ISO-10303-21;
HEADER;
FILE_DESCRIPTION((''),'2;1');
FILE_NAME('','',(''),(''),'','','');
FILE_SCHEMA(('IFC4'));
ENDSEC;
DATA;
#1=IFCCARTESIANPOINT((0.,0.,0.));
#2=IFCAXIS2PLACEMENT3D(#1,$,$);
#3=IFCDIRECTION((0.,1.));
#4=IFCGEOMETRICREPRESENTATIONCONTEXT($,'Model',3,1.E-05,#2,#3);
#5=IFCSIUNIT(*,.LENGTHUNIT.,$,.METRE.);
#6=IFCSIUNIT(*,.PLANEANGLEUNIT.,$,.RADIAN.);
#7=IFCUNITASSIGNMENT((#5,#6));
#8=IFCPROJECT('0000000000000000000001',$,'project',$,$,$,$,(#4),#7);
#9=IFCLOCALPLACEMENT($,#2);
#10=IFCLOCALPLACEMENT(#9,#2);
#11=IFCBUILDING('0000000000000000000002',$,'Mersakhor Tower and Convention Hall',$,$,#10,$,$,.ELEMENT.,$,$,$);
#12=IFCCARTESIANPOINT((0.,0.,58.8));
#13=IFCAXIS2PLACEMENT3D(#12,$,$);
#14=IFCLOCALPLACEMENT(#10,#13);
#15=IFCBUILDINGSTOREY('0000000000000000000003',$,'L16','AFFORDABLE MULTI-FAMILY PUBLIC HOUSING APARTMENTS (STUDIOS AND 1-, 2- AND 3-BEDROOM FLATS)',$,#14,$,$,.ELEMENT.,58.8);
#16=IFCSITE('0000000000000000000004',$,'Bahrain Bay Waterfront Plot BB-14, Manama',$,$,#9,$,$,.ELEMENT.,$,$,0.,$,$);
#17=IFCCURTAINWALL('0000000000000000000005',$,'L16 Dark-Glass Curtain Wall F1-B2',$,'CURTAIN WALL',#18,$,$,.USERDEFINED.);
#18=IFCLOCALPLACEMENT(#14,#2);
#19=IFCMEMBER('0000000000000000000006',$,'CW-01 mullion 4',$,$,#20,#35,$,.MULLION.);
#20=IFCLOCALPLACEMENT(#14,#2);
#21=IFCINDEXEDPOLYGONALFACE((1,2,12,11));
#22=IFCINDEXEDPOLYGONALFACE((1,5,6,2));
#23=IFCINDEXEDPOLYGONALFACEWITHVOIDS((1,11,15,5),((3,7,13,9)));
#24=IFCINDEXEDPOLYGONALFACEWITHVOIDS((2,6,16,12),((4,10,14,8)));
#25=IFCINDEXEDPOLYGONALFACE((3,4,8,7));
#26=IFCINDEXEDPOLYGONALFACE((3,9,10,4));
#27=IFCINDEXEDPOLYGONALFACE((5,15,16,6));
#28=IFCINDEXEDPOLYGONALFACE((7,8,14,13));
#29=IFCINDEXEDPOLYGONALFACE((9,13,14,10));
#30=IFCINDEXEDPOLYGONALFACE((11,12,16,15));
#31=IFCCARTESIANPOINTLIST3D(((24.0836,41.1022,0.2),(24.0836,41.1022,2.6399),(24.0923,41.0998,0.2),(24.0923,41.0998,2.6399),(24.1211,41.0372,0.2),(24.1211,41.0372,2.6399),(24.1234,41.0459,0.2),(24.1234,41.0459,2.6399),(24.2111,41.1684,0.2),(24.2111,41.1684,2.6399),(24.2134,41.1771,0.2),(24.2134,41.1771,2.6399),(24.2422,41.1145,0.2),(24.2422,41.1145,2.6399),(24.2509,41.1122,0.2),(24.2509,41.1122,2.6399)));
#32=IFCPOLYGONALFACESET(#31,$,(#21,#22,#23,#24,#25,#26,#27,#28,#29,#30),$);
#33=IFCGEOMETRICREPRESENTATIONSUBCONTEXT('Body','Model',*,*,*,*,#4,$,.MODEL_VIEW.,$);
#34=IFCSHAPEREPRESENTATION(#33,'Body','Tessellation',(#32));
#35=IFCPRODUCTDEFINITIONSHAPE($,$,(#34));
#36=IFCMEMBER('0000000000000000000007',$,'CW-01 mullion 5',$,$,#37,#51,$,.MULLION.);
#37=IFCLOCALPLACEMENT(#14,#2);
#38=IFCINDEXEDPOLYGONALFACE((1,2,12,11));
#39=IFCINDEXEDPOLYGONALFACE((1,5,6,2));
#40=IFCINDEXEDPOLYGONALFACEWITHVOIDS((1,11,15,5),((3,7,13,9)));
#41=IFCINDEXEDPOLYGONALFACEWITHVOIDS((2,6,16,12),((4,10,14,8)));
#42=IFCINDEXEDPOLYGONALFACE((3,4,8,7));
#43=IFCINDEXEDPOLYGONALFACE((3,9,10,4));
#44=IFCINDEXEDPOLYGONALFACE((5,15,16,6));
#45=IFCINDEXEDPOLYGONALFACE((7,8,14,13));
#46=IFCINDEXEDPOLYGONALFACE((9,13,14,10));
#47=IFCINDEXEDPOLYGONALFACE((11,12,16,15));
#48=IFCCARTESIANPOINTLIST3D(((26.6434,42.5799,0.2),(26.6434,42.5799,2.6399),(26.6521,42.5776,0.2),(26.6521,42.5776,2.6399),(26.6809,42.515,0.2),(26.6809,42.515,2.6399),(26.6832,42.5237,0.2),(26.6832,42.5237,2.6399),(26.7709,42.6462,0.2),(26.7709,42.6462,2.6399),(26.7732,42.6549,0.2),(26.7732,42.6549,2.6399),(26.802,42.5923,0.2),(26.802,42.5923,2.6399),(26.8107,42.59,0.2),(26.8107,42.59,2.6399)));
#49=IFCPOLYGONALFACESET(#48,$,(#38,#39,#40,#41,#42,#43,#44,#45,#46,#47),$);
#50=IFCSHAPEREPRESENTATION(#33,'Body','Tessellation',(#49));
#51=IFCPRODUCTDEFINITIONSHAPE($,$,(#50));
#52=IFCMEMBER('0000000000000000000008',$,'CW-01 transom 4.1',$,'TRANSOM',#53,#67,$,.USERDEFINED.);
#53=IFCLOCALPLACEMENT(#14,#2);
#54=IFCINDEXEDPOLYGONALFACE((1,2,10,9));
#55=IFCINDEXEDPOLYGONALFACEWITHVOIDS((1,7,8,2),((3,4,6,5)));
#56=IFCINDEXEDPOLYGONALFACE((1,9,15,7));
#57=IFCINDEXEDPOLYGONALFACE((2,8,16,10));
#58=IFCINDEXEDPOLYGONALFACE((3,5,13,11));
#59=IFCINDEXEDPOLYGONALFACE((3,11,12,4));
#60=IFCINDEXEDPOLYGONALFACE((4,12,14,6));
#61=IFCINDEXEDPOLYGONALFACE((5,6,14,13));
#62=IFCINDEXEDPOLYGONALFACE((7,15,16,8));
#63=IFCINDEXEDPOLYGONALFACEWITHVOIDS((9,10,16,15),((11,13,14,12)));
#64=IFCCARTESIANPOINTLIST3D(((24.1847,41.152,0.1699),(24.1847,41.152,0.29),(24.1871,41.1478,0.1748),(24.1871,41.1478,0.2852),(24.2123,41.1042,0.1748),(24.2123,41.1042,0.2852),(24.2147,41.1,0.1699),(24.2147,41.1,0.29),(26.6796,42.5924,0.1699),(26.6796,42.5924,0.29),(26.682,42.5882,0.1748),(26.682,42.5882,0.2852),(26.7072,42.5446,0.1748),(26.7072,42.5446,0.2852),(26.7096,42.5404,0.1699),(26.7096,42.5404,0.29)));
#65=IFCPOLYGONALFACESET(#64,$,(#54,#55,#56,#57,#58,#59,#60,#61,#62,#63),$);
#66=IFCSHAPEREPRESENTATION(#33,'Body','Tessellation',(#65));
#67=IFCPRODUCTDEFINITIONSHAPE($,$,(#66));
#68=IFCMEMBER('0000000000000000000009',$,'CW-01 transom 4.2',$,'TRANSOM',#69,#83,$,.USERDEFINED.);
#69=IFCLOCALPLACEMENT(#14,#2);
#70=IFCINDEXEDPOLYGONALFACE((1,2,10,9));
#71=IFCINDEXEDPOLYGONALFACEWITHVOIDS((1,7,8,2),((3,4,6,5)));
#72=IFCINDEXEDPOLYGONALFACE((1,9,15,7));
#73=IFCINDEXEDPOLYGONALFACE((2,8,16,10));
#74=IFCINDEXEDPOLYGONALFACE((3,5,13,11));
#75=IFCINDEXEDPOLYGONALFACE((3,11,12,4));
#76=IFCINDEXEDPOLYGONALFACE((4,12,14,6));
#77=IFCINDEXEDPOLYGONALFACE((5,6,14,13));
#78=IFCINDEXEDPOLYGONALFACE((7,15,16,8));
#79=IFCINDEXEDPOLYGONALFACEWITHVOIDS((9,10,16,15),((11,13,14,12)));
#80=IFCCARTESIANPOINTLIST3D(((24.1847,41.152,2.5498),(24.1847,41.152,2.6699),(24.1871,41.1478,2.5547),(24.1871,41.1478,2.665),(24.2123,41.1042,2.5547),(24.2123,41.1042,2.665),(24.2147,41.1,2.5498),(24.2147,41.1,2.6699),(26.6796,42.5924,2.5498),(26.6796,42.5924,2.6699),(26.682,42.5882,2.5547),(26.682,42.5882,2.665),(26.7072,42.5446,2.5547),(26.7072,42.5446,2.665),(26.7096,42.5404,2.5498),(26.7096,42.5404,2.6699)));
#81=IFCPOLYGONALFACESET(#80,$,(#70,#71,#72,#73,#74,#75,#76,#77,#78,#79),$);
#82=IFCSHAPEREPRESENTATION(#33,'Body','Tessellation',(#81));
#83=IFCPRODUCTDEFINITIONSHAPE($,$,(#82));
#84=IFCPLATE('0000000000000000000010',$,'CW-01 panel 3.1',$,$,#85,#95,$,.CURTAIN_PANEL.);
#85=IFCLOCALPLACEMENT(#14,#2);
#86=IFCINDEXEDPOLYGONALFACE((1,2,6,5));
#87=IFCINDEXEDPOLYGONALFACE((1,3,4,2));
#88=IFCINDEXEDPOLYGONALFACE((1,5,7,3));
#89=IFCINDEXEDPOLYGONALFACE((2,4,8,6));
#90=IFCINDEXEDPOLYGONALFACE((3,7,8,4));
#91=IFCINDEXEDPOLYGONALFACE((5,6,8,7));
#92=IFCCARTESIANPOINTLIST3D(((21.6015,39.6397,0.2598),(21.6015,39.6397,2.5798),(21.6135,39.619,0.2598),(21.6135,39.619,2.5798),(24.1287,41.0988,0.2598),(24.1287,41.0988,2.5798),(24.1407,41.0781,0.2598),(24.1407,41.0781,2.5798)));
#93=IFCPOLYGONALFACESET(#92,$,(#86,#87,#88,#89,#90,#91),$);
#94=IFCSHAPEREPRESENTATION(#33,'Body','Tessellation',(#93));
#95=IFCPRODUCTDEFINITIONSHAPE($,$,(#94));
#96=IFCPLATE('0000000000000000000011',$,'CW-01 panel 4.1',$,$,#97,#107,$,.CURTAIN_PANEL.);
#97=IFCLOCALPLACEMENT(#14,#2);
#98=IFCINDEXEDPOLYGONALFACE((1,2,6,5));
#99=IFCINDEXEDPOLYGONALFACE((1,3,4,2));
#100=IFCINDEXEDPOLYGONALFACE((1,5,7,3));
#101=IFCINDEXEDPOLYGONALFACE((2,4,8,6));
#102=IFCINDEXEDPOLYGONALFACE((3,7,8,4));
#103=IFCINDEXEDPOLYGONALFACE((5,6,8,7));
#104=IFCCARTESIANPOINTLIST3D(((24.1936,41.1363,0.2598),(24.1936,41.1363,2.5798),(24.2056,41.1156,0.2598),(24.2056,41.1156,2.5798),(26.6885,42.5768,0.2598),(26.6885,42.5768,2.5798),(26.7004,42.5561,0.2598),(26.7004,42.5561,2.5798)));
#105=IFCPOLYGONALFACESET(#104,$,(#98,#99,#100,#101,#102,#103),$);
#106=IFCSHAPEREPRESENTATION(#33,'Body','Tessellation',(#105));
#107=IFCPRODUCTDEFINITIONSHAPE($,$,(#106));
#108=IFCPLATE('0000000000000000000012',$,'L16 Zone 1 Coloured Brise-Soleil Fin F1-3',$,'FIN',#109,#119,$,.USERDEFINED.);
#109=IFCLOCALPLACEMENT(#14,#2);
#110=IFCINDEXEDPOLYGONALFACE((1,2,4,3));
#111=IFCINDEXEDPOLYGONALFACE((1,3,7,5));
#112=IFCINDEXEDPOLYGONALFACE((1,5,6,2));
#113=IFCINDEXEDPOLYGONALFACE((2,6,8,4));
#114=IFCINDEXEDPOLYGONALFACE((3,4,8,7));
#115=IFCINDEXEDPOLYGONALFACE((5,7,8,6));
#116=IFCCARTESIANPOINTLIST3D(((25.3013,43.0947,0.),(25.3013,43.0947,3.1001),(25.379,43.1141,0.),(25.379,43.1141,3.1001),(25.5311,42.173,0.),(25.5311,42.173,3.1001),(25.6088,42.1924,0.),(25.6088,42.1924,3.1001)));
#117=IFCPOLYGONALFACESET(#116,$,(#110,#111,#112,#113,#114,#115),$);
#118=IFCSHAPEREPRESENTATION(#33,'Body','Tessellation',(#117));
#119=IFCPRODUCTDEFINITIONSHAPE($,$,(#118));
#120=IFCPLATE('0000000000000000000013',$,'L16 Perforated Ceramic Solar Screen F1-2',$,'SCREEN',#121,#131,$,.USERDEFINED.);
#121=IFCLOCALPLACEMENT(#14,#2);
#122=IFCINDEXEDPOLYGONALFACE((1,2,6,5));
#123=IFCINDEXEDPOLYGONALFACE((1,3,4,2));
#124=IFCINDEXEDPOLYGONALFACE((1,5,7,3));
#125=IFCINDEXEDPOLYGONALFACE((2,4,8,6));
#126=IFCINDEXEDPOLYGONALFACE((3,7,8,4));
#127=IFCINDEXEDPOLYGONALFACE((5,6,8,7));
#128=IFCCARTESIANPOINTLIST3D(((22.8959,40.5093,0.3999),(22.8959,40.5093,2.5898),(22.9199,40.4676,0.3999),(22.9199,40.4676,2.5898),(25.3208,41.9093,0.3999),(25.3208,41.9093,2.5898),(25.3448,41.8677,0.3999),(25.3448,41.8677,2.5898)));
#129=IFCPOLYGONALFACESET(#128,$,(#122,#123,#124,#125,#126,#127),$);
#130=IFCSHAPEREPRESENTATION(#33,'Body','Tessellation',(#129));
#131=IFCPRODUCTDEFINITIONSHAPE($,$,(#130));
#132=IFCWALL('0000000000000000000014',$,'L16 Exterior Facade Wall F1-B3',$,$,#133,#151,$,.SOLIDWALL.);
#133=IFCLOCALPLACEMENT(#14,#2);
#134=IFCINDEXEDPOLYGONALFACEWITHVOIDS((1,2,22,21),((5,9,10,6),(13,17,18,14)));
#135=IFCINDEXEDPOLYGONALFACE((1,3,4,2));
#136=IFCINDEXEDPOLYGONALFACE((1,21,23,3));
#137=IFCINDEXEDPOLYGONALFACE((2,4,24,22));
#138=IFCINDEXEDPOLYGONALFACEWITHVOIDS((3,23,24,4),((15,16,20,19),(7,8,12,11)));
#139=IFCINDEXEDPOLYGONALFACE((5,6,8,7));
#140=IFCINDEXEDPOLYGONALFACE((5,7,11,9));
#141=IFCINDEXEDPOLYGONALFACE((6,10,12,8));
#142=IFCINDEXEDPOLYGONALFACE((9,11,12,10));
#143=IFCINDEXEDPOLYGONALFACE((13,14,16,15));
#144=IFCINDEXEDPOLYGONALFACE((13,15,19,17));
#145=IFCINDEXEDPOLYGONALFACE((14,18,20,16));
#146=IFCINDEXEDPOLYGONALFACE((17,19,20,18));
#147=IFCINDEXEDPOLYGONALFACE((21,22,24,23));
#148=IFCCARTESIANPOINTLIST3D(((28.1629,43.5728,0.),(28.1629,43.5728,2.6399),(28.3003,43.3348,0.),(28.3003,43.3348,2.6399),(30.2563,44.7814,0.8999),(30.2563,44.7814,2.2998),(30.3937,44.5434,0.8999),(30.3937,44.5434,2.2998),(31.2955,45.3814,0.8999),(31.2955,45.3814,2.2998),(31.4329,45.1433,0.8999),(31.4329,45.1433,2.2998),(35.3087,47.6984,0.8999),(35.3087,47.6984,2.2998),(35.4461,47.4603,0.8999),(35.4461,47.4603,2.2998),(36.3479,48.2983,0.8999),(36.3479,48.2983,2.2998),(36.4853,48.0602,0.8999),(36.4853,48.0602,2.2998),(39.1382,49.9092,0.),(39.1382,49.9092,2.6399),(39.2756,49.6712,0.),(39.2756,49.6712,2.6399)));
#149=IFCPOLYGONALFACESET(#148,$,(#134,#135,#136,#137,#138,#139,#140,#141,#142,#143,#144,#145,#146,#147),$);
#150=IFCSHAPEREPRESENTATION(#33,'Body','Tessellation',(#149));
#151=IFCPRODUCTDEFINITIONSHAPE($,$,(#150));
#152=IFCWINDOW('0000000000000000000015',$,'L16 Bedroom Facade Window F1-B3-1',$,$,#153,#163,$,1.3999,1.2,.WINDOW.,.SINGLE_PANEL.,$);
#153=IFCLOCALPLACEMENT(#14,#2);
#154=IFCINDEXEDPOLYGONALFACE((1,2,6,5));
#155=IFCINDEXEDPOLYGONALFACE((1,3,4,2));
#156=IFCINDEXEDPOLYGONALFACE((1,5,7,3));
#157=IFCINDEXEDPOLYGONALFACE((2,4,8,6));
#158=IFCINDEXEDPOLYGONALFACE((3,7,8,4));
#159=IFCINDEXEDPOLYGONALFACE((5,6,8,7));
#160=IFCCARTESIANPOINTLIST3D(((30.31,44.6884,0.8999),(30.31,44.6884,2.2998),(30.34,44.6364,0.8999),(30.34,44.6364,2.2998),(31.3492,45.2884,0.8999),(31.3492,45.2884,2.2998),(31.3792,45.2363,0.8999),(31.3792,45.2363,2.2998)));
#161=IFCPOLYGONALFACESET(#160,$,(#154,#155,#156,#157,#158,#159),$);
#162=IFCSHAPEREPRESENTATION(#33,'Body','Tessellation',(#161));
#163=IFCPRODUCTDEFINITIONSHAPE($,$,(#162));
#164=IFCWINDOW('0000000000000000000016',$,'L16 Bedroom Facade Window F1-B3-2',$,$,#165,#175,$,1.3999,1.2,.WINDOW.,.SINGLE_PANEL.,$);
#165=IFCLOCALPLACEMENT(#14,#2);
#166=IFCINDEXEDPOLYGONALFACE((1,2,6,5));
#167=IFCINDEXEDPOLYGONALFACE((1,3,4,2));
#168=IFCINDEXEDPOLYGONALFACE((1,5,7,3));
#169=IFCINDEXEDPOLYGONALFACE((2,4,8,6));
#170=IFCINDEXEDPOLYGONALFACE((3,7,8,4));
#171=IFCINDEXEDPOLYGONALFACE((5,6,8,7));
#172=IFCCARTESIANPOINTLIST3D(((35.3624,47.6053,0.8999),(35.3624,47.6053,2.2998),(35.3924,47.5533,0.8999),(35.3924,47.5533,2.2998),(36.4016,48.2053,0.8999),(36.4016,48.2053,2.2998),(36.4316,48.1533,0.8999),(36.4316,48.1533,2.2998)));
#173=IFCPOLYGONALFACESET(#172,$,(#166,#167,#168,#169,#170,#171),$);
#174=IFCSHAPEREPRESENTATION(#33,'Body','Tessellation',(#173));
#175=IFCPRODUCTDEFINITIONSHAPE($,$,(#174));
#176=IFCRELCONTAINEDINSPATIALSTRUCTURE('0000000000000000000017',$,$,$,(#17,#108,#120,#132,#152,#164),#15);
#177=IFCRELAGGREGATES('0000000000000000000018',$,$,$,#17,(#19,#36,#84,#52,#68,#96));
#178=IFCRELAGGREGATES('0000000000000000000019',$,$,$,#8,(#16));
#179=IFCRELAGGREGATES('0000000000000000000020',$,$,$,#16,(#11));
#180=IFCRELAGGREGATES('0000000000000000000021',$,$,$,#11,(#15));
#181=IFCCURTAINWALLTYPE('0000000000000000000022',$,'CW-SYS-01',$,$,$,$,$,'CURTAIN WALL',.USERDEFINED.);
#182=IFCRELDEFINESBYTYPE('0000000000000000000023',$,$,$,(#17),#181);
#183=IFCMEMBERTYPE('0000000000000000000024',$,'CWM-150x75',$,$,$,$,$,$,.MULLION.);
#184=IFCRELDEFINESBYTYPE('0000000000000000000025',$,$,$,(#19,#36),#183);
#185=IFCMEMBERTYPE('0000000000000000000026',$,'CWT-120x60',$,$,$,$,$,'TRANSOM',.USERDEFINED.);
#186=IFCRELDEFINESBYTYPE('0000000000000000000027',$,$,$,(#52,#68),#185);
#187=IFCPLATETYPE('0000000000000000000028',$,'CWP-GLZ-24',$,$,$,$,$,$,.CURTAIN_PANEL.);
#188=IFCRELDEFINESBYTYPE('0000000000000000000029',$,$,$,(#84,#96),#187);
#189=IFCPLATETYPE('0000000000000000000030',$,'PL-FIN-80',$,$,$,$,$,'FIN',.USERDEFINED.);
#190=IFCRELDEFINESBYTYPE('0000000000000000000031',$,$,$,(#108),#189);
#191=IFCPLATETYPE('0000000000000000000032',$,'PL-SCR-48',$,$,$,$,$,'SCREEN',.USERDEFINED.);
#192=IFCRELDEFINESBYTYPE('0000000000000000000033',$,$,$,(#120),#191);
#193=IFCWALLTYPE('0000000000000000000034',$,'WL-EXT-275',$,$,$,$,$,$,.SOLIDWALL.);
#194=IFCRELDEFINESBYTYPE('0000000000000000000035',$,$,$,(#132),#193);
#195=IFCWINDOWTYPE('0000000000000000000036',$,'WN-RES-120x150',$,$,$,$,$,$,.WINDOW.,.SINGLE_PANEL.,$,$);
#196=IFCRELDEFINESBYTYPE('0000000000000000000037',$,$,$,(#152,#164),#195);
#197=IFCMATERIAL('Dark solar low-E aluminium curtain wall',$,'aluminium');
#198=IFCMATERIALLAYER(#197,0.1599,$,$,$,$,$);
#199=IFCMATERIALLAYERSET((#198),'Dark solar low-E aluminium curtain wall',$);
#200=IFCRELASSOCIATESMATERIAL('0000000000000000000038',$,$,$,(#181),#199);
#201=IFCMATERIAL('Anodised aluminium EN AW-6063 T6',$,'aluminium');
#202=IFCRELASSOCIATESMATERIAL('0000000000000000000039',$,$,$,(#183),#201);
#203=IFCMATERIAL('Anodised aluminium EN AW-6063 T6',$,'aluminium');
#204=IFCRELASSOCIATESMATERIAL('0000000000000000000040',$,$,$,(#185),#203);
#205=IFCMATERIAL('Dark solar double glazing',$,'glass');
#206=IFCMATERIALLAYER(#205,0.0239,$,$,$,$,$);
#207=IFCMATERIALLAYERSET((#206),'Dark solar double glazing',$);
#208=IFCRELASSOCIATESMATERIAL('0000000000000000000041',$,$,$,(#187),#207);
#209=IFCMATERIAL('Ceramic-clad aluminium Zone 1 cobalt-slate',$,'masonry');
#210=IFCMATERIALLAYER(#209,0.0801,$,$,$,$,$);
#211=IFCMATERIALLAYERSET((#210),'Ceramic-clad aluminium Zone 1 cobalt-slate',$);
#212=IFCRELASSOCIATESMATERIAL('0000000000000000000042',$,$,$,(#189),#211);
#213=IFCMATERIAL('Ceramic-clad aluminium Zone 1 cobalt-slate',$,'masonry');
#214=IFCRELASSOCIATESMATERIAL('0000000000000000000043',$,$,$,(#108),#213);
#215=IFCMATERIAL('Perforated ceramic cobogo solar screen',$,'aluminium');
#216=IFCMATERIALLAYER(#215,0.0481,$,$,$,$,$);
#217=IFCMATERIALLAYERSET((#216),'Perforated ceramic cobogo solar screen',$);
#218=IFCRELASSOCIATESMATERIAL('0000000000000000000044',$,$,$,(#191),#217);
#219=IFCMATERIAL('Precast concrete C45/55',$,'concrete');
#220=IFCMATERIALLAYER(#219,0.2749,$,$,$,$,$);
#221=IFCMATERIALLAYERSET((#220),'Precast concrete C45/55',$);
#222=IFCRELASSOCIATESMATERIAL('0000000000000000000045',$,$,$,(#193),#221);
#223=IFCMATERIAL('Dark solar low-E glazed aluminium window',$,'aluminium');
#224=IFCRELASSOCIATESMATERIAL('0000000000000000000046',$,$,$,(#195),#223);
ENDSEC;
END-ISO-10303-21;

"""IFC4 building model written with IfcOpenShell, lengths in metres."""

from ifc_helpers import new_model, si_unit, direction, frame, frame_2d, origin, origin_2d, place, context, subcontext, project, spatial, rectangle, hollow_rectangle, extrude, material, layer, layer_set, material_profile, profile_set, type_object, element, fill, aggregate, save


model = new_model("IFC4")

# Units and contexts
model_context = context("Model", 3, precision=1e-05, world=origin(), true_north=direction((0.0, 1.0)))
body_context = subcontext(model_context, "Body", "Model", "MODEL_VIEW")
ifc_project = project(units=[si_unit("LENGTHUNIT", "METRE"), si_unit("PLANEANGLEUNIT", "RADIAN")], contexts=[model_context])

# Site, building, storey
site_placement = place(None, origin())
site = spatial("IfcSite", under=ifc_project, at=site_placement, Name="Bahrain Bay Waterfront Plot BB-14, Manama", CompositionType="ELEMENT", RefElevation=0.0)
building_placement = place(site_placement, origin())
building = spatial("IfcBuilding", under=site, at=building_placement, Name="Mersakhor Tower and Convention Hall", CompositionType="ELEMENT")
storey_placement = place(building_placement, frame((0.0, 0.0, 58.8)))
storey = spatial("IfcBuildingStorey", under=building, at=storey_placement, Name="L16", Description="AFFORDABLE MULTI-FAMILY PUBLIC HOUSING APARTMENTS (STUDIOS AND 1-, 2- AND 3-BEDROOM FLATS)", CompositionType="ELEMENT", Elevation=58.8)

# Curtain wall, members, plates
ifc_material_1 = material(Name="Dark solar low-E aluminium curtain wall", Category="aluminium")
ifc_layer_1 = layer(ifc_material_1, 0.1599)
ifc_layer_set_1 = layer_set([ifc_layer_1], Name="Dark solar low-E aluminium curtain wall")
curtain_wall_type = type_object("IfcCurtainWallType", Name="CW-SYS-01", ElementType="CURTAIN WALL", PredefinedType="USERDEFINED", material=ifc_layer_set_1)
curtain_wall_placement = place(storey_placement, origin())
curtain_wall = element("IfcCurtainWall", 1, at=curtain_wall_placement, inside=storey, type_object=curtain_wall_type, Name="L16 Dark-Glass Curtain Wall F1-B2", ObjectType="CURTAIN WALL", PredefinedType="USERDEFINED")
ifc_material_2 = material(Name="Anodised aluminium EN AW-6063 T6", Category="aluminium")
ifc_material_profile_1 = material_profile(ifc_material_2, hollow_rectangle(XDim=0.075, YDim=0.1499, WallThickness=0.0063, at=origin_2d()), Name="RHS 150x75x6.3")
ifc_profile_set_1 = profile_set([ifc_material_profile_1], Name="Anodised aluminium EN AW-6063 T6")
member_type_1 = type_object("IfcMemberType", Name="CWM-150x75", PredefinedType="MULLION", material=ifc_profile_set_1)
member_1_placement = place(storey_placement, frame((24.1672, 41.1072, 0.2), z_axis=(0.0, 0.0, 1.0), x_axis=(-0.500003, 0.866023, 0.0)))
member_1 = element("IfcMember", 2, at=member_1_placement, type_object=member_type_1, Name="CW-01 mullion 4", PredefinedType="MULLION", context=body_context, shape_type="SweptSolid", body=[
    extrude(hollow_rectangle(XDim=0.075, YDim=0.1499, WallThickness=0.0063, at=origin_2d()), origin(), (0.0, 0.0, 1.0), 2.4399),
])
member_2_placement = place(storey_placement, frame((26.7271, 42.585, 0.2), z_axis=(0.0, 0.0, 1.0), x_axis=(-0.500003, 0.866023, 0.0)))
member_2 = element("IfcMember", 3, at=member_2_placement, type_object=member_type_1, Name="CW-01 mullion 5", PredefinedType="MULLION", context=body_context, shape_type="SweptSolid", body=[
    extrude(hollow_rectangle(XDim=0.075, YDim=0.1499, WallThickness=0.0063, at=origin_2d()), origin(), (0.0, 0.0, 1.0), 2.4399),
])
ifc_material_3 = material(Name="Anodised aluminium EN AW-6063 T6", Category="aluminium")
ifc_material_profile_2 = material_profile(ifc_material_3, hollow_rectangle(XDim=0.0601, YDim=0.1201, WallThickness=0.0049, at=origin_2d()), Name="RHS 120x60x5")
ifc_profile_set_2 = profile_set([ifc_material_profile_2], Name="Anodised aluminium EN AW-6063 T6")
member_type_2 = type_object("IfcMemberType", Name="CWT-120x60", ElementType="TRANSOM", PredefinedType="USERDEFINED", material=ifc_profile_set_2)
member_3_placement = place(storey_placement, frame((24.1997, 41.126, 0.23), z_axis=(0.866023, 0.500004, 0.0), x_axis=(-0.500004, 0.866023, 0.0)))
member_3 = element("IfcMember", 4, at=member_3_placement, type_object=member_type_2, Name="CW-01 transom 4.1", ObjectType="TRANSOM", PredefinedType="USERDEFINED", context=body_context, shape_type="SweptSolid", body=[
    extrude(hollow_rectangle(XDim=0.0601, YDim=0.1201, WallThickness=0.0049, at=origin_2d()), origin(), (0.0, 0.0, 1.0), 2.8809),
])
member_4_placement = place(storey_placement, frame((24.1997, 41.126, 2.6099), z_axis=(0.866023, 0.500004, 0.0), x_axis=(-0.500004, 0.866023, 0.0)))
member_4 = element("IfcMember", 5, at=member_4_placement, type_object=member_type_2, Name="CW-01 transom 4.2", ObjectType="TRANSOM", PredefinedType="USERDEFINED", context=body_context, shape_type="SweptSolid", body=[
    extrude(hollow_rectangle(XDim=0.0601, YDim=0.1201, WallThickness=0.0049, at=origin_2d()), origin(), (0.0, 0.0, 1.0), 2.8809),
])
ifc_material_4 = material(Name="Dark solar double glazing", Category="glass")
ifc_layer_2 = layer(ifc_material_4, 0.0239)
ifc_layer_set_2 = layer_set([ifc_layer_2], Name="Dark solar double glazing")
plate_type_1 = type_object("IfcPlateType", Name="CWP-GLZ-24", PredefinedType="CURTAIN_PANEL", material=ifc_layer_set_2)
plate_1_placement = place(storey_placement, frame((22.8711, 40.3589, 0.2598), z_axis=(0.0, 0.0, 1.0), x_axis=(0.866023, 0.500003, 0.0)))
plate_1 = element("IfcPlate", 6, at=plate_1_placement, type_object=plate_type_1, Name="CW-01 panel 3.1", PredefinedType="CURTAIN_PANEL", context=body_context, shape_type="SweptSolid", body=[
    extrude(rectangle(XDim=2.9182, YDim=0.0239, at=origin_2d()), origin(), (0.0, 0.0, 1.0), 2.3201),
])
plate_2_placement = place(storey_placement, frame((25.447, 41.8462, 0.2598), z_axis=(0.0, 0.0, 1.0), x_axis=(0.866023, 0.500003, 0.0)))
plate_2 = element("IfcPlate", 7, at=plate_2_placement, type_object=plate_type_1, Name="CW-01 panel 4.1", PredefinedType="CURTAIN_PANEL", context=body_context, shape_type="SweptSolid", body=[
    extrude(rectangle(XDim=2.8809, YDim=0.0239, at=origin_2d()), origin(), (0.0, 0.0, 1.0), 2.3201),
])
aggregate(curtain_wall, [member_1, member_2, plate_1, member_3, member_4, plate_2])

# Plates
ifc_material_5 = material(Name="Ceramic-clad aluminium Zone 1 cobalt-slate", Category="masonry")
ifc_material_6 = material(Name="Ceramic-clad aluminium Zone 1 cobalt-slate", Category="masonry")
ifc_layer_3 = layer(ifc_material_6, 0.0801)
ifc_layer_set_3 = layer_set([ifc_layer_3], Name="Ceramic-clad aluminium Zone 1 cobalt-slate")
plate_type_2 = type_object("IfcPlateType", Name="PL-FIN-80", ElementType="FIN", PredefinedType="USERDEFINED", material=ifc_layer_set_3)
plate_3_placement = place(storey_placement, frame((25.4551, 42.6436, 0.0), z_axis=(0.0, 0.0, 1.0), x_axis=(-0.241922, 0.970296, 0.0)))
element("IfcPlate", 8, at=plate_3_placement, inside=storey, type_object=plate_type_2, material=ifc_material_5, Name="L16 Zone 1 Coloured Brise-Soleil Fin F1-3", ObjectType="FIN", PredefinedType="USERDEFINED", context=body_context, shape_type="SweptSolid", body=[
    extrude(rectangle(XDim=0.95, YDim=0.0801, at=origin_2d()), origin(), (0.0, 0.0, 1.0), 3.1001),
])
ifc_material_7 = material(Name="Perforated ceramic cobogo solar screen", Category="aluminium")
ifc_layer_4 = layer(ifc_material_7, 0.0481)
ifc_layer_set_4 = layer_set([ifc_layer_4], Name="Perforated ceramic cobogo solar screen")
plate_type_3 = type_object("IfcPlateType", Name="PL-SCR-48", ElementType="SCREEN", PredefinedType="USERDEFINED", material=ifc_layer_set_4)
plate_4_placement = place(storey_placement, frame((24.1204, 41.1885, 0.3999), z_axis=(0.0, 0.0, 1.0), x_axis=(0.866025, 0.5, 0.0)))
element("IfcPlate", 9, at=plate_4_placement, inside=storey, type_object=plate_type_3, Name="L16 Perforated Ceramic Solar Screen F1-2", ObjectType="SCREEN", PredefinedType="USERDEFINED", context=body_context, shape_type="SweptSolid", body=[
    extrude(rectangle(XDim=2.8, YDim=0.0481, at=origin_2d()), origin(), (0.0, 0.0, 1.0), 2.1899),
])

# Wall, openings, windows
ifc_material_8 = material(Name="Precast concrete C45/55", Category="concrete")
ifc_layer_5 = layer(ifc_material_8, 0.2749)
ifc_layer_set_5 = layer_set([ifc_layer_5], Name="Precast concrete C45/55")
wall_type_1 = type_object("IfcWallType", Name="WL-EXT-275", PredefinedType="SOLIDWALL", material=ifc_layer_set_5)
wall_1_placement = place(storey_placement, frame((28.2317, 43.4539, 0.0), z_axis=(0.0, 0.0, 1.0), x_axis=(0.866032, 0.499989, 0.0)))
wall_1 = element("IfcWall", 10, at=wall_1_placement, inside=storey, type_object=wall_type_1, Name="L16 Exterior Facade Wall F1-B3", PredefinedType="SOLIDWALL", context=body_context, shape_type="SweptSolid", body=[
    extrude(rectangle(XDim=12.6731, YDim=0.2749, at=frame_2d((6.3364, 0.0))), origin(), (0.0, 0.0, 1.0), 2.6399),
])
opening_1_placement = place(wall_1_placement, frame((2.417, 0.0, 0.8999)))
opening_1 = element("IfcOpeningElement", 11, at=opening_1_placement, cuts=wall_1, PredefinedType="OPENING", context=body_context, shape_type="SweptSolid", body=[
    extrude(rectangle(XDim=1.2, YDim=1.3999, at=frame_2d((0.6001, 0.7))), frame((0.0, 0.1475, 0.0), z_axis=(0.0, -1.0, 0.0), x_axis=(1.0, 0.0, 0.0)), (0.0, 0.0, 1.0), 0.2949),
])
opening_2_placement = place(wall_1_placement, frame((8.251, 0.0, 0.8999)))
opening_2 = element("IfcOpeningElement", 12, at=opening_2_placement, cuts=wall_1, PredefinedType="OPENING", context=body_context, shape_type="SweptSolid", body=[
    extrude(rectangle(XDim=1.2, YDim=1.3999, at=frame_2d((0.6001, 0.7))), frame((0.0, 0.1475, 0.0), z_axis=(0.0, -1.0, 0.0), x_axis=(1.0, 0.0, 0.0)), (0.0, 0.0, 1.0), 0.2949),
])
ifc_material_9 = material(Name="Dark solar low-E glazed aluminium window", Category="aluminium")
window_type = type_object("IfcWindowType", Name="WN-RES-120x150", PartitioningType="SINGLE_PANEL", PredefinedType="WINDOW", material=ifc_material_9)
window_1_placement = place(opening_1_placement, origin())
window_1 = element("IfcWindow", 13, at=window_1_placement, inside=storey, type_object=window_type, Name="L16 Bedroom Facade Window F1-B3-1", OverallHeight=1.3999, OverallWidth=1.2, PartitioningType="SINGLE_PANEL", PredefinedType="WINDOW", context=body_context, shape_type="SweptSolid", body=[
    extrude(rectangle(XDim=1.2, YDim=1.3999, at=frame_2d((0.6001, 0.7))), frame((0.0, 0.03, 0.0), z_axis=(0.0, -1.0, 0.0), x_axis=(1.0, 0.0, 0.0)), (0.0, 0.0, 1.0), 0.0601),
])
fill(opening_1, window_1)
window_2_placement = place(opening_2_placement, origin())
window_2 = element("IfcWindow", 14, at=window_2_placement, inside=storey, type_object=window_type, Name="L16 Bedroom Facade Window F1-B3-2", OverallHeight=1.3999, OverallWidth=1.2, PartitioningType="SINGLE_PANEL", PredefinedType="WINDOW", context=body_context, shape_type="SweptSolid", body=[
    extrude(rectangle(XDim=1.2, YDim=1.3999, at=frame_2d((0.6001, 0.7))), frame((0.0, 0.03, 0.0), z_axis=(0.0, -1.0, 0.0), x_axis=(1.0, 0.0, 0.0)), (0.0, 0.0, 1.0), 0.0601),
])
fill(opening_2, window_2)

save(model, "model.ifc")
